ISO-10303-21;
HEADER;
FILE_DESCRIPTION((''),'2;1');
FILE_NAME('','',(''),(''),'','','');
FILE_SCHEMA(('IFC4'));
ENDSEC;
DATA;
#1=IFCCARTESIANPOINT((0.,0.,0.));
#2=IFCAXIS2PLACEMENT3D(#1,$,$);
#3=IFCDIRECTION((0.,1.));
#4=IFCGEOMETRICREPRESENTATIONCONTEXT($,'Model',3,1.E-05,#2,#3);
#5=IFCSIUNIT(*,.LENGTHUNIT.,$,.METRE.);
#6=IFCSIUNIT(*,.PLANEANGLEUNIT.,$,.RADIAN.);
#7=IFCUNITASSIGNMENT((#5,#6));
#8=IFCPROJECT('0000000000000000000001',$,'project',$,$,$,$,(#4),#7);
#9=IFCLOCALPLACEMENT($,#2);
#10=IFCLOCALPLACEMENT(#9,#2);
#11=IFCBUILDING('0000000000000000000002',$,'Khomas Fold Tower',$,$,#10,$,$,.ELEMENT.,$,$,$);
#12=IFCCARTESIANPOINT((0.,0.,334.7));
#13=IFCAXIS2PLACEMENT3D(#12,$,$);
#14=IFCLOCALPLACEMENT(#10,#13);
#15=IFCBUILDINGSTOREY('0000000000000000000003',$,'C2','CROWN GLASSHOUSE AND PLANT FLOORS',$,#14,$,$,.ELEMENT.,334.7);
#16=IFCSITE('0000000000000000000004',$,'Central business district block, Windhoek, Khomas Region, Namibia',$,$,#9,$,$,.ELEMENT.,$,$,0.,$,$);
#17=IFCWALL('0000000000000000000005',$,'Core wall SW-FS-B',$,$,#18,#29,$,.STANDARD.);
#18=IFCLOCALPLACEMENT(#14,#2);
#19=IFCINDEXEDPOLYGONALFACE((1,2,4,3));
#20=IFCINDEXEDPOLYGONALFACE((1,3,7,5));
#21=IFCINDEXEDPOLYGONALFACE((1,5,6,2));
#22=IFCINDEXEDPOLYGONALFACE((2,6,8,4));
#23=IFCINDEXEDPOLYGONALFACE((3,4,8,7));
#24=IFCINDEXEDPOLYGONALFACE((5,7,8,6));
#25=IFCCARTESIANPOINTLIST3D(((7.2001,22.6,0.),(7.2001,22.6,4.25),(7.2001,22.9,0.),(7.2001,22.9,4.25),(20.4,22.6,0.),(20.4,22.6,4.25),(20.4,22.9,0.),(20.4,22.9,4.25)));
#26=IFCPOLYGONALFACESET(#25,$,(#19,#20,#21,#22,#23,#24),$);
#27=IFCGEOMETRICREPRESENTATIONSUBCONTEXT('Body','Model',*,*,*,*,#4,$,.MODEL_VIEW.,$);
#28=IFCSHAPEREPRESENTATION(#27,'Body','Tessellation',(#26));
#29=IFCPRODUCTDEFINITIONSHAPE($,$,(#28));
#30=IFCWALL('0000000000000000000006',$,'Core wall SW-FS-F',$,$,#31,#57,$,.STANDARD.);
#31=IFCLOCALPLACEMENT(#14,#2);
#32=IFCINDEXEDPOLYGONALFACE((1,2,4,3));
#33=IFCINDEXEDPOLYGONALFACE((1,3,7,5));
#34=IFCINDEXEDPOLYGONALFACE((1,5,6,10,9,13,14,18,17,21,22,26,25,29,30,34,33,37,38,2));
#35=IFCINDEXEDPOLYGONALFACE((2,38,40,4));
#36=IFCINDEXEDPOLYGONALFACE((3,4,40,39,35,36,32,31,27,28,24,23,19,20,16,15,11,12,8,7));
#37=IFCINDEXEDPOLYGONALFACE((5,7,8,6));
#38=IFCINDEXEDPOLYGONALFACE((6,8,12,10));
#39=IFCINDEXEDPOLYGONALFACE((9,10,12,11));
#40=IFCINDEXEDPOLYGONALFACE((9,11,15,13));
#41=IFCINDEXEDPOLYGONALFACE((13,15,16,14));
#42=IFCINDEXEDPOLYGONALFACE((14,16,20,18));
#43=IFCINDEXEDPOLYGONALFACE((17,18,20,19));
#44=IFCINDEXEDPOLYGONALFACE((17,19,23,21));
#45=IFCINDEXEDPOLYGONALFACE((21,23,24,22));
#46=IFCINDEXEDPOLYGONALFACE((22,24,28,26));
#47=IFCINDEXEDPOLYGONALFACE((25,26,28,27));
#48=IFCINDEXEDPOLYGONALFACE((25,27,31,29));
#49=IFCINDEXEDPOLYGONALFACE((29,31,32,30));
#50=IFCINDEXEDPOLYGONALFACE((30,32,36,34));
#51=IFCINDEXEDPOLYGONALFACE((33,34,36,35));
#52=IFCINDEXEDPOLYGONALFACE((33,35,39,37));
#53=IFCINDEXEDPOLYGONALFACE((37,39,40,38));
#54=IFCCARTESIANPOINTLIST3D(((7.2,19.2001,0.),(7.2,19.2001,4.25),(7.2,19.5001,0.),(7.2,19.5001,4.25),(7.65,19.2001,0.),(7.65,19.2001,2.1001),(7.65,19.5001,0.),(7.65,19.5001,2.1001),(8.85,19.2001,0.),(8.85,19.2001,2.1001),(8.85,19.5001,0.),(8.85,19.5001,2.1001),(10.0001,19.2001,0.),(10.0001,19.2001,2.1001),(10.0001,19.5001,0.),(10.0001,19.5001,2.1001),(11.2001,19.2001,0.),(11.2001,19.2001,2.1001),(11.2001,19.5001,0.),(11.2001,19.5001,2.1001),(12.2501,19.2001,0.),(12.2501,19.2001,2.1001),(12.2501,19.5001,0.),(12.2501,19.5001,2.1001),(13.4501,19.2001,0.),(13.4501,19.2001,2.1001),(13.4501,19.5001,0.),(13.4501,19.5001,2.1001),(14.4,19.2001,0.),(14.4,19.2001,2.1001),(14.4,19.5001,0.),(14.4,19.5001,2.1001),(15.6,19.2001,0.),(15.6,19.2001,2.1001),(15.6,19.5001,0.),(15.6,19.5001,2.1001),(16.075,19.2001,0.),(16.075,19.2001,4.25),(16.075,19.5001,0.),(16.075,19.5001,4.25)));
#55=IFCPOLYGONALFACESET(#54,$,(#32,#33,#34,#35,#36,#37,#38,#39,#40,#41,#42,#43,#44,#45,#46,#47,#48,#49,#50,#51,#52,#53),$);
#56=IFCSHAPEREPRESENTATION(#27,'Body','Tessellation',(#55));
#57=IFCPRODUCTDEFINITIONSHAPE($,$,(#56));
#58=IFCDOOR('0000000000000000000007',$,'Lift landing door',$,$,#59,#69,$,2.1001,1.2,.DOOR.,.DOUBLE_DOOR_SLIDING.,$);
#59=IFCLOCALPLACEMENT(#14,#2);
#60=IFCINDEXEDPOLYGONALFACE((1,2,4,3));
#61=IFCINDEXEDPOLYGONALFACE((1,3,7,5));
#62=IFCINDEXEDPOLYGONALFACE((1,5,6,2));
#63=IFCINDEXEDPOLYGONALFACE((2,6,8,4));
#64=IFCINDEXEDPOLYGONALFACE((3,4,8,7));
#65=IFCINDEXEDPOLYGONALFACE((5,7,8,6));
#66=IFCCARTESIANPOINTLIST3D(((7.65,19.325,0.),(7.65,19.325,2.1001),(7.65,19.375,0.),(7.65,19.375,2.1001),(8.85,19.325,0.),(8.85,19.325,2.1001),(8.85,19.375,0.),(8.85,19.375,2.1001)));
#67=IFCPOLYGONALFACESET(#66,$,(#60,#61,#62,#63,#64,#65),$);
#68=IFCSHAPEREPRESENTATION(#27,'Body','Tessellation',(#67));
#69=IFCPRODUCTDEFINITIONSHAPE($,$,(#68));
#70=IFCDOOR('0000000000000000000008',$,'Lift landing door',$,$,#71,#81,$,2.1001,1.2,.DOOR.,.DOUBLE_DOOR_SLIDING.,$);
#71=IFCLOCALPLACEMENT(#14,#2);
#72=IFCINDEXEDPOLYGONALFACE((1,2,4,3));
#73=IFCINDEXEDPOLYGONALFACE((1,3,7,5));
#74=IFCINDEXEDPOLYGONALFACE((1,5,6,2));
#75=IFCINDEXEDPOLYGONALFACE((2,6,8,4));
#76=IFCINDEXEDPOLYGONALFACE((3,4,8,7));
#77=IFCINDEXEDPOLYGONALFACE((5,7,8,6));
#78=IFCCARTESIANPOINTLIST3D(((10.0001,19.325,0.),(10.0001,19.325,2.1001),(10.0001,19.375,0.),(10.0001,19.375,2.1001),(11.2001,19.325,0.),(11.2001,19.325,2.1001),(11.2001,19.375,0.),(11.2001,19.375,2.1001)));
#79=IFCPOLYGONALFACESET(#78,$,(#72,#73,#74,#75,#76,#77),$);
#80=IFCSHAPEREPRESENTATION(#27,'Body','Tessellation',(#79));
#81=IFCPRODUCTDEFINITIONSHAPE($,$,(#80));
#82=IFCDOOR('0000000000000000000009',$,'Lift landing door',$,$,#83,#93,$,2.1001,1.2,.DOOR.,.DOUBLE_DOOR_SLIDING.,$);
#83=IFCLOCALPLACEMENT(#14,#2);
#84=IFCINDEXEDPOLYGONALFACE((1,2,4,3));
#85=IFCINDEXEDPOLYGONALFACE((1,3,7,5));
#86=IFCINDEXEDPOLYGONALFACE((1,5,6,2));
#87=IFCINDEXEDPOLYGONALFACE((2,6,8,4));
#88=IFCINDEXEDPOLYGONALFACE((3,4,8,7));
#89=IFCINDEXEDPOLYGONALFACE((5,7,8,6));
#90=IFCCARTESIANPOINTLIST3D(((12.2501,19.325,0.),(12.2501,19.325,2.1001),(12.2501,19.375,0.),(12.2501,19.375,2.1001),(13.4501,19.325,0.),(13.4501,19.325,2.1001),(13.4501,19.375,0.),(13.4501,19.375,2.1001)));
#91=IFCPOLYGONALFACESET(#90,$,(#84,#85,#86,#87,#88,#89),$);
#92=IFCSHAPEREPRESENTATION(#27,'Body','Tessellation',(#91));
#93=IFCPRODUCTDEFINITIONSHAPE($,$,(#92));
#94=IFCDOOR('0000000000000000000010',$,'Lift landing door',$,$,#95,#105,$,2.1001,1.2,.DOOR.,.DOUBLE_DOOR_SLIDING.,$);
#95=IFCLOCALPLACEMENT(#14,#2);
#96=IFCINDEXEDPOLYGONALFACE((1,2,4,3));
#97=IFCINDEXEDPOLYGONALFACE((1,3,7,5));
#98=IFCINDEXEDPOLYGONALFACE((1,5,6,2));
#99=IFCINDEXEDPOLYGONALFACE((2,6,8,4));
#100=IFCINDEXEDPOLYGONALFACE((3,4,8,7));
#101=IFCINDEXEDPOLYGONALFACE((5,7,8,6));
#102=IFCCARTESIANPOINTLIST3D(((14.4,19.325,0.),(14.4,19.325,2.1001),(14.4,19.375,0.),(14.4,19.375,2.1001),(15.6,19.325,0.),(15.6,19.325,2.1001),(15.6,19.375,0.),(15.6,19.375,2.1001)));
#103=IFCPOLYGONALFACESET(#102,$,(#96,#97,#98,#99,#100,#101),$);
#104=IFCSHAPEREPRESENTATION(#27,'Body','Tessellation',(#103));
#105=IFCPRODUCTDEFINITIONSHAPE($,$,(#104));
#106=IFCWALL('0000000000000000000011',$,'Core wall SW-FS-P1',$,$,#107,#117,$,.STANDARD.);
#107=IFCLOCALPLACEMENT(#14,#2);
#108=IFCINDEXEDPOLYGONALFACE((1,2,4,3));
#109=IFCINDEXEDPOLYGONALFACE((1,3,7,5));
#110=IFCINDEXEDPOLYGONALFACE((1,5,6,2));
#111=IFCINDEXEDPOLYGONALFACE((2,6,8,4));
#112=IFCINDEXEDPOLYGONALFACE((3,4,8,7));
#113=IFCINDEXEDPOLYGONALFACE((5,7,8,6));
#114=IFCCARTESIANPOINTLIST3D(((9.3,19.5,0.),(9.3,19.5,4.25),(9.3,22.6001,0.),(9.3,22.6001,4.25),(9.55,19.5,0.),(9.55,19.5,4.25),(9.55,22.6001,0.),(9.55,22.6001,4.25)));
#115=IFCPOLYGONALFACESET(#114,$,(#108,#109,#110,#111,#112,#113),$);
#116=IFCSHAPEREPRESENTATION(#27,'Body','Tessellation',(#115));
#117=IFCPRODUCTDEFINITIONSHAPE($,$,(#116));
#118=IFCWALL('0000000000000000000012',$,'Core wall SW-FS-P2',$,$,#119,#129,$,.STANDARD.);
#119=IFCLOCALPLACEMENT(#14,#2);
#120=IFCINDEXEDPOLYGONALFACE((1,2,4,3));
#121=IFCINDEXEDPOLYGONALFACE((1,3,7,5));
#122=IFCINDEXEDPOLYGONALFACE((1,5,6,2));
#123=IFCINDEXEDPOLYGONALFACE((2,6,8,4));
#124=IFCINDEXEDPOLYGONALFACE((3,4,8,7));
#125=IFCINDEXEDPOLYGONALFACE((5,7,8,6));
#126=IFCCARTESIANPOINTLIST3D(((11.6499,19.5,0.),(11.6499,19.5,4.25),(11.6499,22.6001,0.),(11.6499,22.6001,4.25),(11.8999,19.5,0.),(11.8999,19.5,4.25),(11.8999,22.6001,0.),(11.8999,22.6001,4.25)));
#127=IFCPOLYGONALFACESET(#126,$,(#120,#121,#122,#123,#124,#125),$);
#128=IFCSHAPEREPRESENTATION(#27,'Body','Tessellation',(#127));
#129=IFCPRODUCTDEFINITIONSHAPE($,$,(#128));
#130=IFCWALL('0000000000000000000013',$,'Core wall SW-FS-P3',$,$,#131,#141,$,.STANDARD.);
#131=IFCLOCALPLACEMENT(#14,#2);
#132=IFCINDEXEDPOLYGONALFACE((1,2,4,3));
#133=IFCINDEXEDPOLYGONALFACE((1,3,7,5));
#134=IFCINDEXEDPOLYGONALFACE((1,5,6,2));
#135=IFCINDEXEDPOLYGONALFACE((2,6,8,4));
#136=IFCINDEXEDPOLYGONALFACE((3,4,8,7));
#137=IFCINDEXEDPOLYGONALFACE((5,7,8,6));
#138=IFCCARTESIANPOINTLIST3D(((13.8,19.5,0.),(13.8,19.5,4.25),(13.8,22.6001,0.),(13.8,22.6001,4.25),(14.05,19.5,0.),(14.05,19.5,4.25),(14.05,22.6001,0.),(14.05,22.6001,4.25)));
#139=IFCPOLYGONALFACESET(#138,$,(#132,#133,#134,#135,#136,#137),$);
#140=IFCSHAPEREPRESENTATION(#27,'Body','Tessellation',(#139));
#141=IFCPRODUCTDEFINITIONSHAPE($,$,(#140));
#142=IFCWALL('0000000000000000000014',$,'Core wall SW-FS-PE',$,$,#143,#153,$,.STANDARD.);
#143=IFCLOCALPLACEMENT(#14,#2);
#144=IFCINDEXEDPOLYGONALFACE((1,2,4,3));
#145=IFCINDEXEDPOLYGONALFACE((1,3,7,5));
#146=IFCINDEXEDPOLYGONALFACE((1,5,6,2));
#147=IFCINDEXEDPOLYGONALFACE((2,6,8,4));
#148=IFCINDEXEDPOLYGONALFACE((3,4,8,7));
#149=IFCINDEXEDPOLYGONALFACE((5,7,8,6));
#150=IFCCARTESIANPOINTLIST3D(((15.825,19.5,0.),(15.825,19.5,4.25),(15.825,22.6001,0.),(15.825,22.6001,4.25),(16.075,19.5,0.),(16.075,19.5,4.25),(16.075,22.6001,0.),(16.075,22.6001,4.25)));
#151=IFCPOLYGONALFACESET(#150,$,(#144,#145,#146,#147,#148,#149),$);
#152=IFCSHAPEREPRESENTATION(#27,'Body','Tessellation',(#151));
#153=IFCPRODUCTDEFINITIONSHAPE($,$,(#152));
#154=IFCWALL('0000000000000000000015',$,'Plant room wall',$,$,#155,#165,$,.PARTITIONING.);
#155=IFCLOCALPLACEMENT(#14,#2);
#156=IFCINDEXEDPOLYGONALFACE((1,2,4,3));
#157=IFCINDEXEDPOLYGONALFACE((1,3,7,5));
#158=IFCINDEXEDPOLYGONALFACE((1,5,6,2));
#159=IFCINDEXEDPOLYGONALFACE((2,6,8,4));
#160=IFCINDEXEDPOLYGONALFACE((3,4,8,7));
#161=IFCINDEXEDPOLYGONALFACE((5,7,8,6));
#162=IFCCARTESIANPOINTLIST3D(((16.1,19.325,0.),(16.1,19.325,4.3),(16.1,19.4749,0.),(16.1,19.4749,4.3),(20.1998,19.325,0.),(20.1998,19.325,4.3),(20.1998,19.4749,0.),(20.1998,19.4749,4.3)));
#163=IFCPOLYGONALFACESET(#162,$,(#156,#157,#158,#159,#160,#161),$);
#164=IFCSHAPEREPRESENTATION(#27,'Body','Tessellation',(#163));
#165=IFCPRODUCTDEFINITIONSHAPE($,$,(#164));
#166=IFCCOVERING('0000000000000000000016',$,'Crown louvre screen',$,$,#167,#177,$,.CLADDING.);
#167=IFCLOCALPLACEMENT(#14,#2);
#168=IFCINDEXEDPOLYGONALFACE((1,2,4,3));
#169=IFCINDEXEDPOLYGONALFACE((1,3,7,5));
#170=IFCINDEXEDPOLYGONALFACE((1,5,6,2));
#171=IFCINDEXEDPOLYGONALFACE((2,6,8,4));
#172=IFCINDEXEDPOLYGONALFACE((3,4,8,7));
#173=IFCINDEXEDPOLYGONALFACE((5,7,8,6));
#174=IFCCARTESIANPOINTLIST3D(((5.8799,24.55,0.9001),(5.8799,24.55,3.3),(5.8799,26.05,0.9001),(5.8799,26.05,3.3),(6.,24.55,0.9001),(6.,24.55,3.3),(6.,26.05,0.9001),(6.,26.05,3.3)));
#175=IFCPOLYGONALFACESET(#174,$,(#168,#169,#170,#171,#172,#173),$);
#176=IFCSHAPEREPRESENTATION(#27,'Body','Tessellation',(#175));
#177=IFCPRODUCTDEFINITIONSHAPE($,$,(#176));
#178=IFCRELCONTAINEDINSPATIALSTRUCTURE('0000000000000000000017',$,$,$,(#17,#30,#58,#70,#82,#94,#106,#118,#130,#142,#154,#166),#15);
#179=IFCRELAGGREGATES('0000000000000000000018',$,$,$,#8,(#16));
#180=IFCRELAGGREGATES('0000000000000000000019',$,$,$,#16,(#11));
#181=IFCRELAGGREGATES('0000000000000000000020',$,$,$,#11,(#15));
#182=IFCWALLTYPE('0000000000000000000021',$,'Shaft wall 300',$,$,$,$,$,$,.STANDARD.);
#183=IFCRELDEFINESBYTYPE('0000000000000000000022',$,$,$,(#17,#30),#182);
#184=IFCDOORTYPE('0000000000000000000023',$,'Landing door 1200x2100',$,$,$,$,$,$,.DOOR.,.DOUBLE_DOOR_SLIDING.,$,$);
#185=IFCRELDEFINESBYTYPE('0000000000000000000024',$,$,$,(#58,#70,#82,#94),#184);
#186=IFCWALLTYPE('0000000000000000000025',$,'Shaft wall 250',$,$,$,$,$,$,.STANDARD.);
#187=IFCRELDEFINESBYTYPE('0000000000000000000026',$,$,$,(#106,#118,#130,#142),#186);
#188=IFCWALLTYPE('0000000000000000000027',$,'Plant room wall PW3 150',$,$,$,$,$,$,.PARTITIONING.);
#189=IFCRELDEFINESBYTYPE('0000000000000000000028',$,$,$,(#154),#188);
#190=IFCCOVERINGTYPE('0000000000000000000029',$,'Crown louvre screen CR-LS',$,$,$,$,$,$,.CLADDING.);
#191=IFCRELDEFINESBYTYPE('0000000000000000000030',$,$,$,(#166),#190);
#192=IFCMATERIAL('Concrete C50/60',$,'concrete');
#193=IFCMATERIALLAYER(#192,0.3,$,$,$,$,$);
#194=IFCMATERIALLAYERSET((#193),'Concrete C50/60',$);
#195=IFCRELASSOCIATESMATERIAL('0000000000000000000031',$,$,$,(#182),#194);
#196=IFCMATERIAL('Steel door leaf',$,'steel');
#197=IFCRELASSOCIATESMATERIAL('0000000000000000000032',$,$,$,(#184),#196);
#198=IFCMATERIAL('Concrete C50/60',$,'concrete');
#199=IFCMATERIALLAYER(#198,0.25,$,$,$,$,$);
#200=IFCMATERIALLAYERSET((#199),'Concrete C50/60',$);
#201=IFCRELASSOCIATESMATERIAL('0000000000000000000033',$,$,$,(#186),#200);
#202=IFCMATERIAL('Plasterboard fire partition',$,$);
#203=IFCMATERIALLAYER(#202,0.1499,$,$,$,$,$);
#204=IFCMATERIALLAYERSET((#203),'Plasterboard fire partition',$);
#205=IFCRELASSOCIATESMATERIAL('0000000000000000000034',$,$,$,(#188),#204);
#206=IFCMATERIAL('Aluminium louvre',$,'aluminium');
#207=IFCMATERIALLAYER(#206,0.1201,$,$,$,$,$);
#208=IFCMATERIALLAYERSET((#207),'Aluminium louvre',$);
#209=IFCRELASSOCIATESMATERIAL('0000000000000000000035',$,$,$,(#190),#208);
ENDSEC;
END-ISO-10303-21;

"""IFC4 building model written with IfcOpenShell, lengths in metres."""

from ifc_helpers import new_model, si_unit, direction, frame, frame_2d, origin, origin_2d, place, context, subcontext, project, spatial, rectangle, extrude, source, transform, mapped, material, layer, layer_set, type_object, element, fill, save


model = new_model("IFC4")

# Units and contexts
model_context = context("Model", 3, precision=1e-05, world=origin(), true_north=direction((0.0, 1.0)))
body_context = subcontext(model_context, "Body", "Model", "MODEL_VIEW")
ifc_project = project(units=[si_unit("LENGTHUNIT", "METRE"), si_unit("PLANEANGLEUNIT", "RADIAN")], contexts=[model_context])

# Site, building, storey
site_placement = place(None, origin())
site = spatial("IfcSite", under=ifc_project, at=site_placement, Name="Central business district block, Windhoek, Khomas Region, Namibia", CompositionType="ELEMENT", RefElevation=0.0)
building_placement = place(site_placement, origin())
building = spatial("IfcBuilding", under=site, at=building_placement, Name="Khomas Fold Tower", CompositionType="ELEMENT")
storey_placement = place(building_placement, frame((0.0, 0.0, 334.7)))
storey = spatial("IfcBuildingStorey", under=building, at=storey_placement, Name="C2", Description="CROWN GLASSHOUSE AND PLANT FLOORS", CompositionType="ELEMENT", Elevation=334.7)

# Wall
ifc_material_1 = material(Name="Concrete C50/60", Category="concrete")
ifc_layer_1 = layer(ifc_material_1, 0.3)
ifc_layer_set_1 = layer_set([ifc_layer_1], Name="Concrete C50/60")
wall_type_1 = type_object("IfcWallType", Name="Shaft wall 300", PredefinedType="STANDARD", material=ifc_layer_set_1)
shared_shape_1 = source(origin(), body_context, "Body", "SweptSolid", [
    extrude(rectangle(XDim=13.2, YDim=0.3, at=frame_2d((6.6001, 0.0))), origin(), (0.0, 0.0, 1.0), 4.25),
])
wall_1_placement = place(storey_placement, frame((7.2, 22.75, 0.0), z_axis=(0.0, 0.0, 1.0), x_axis=(1.0, 0.0, 0.0)))
element("IfcWall", 1, at=wall_1_placement, inside=storey, type_object=wall_type_1, Name="Core wall SW-FS-B", PredefinedType="STANDARD", context=body_context, shape_type="MappedRepresentation", body=[
    mapped(shared_shape_1, transform((0.0, 0.0, 0.0))),
])

# Wall, openings, doors
shared_shape_2 = source(origin(), body_context, "Body", "SweptSolid", [
    extrude(rectangle(XDim=8.875, YDim=0.3, at=frame_2d((4.4375, 0.0))), origin(), (0.0, 0.0, 1.0), 4.25),
])
wall_2_placement = place(storey_placement, frame((7.2, 19.3501, 0.0), z_axis=(0.0, 0.0, 1.0), x_axis=(1.0, 0.0, 0.0)))
wall_2 = element("IfcWall", 2, at=wall_2_placement, inside=storey, type_object=wall_type_1, Name="Core wall SW-FS-F", PredefinedType="STANDARD", context=body_context, shape_type="MappedRepresentation", body=[
    mapped(shared_shape_2, transform((0.0, 0.0, 0.0))),
])
shared_shape_3 = source(origin(), body_context, "Body", "SweptSolid", [
    extrude(rectangle(XDim=1.2, YDim=2.1001, at=frame_2d((0.6001, 1.05))), frame((0.0, 0.1599, 0.0), z_axis=(0.0, -1.0, 0.0), x_axis=(1.0, 0.0, 0.0)), (0.0, 0.0, 1.0), 0.3201),
])
opening_1_placement = place(wall_2_placement, frame((0.45, 0.0, 0.0)))
opening_1 = element("IfcOpeningElement", 3, at=opening_1_placement, cuts=wall_2, PredefinedType="OPENING", context=body_context, shape_type="MappedRepresentation", body=[
    mapped(shared_shape_3, transform((0.0, 0.0, 0.0))),
])
opening_2_placement = place(wall_2_placement, frame((2.8, 0.0, 0.0)))
opening_2 = element("IfcOpeningElement", 4, at=opening_2_placement, cuts=wall_2, PredefinedType="OPENING", context=body_context, shape_type="MappedRepresentation", body=[
    mapped(shared_shape_3, transform((0.0, 0.0, 0.0))),
])
opening_3_placement = place(wall_2_placement, frame((5.05, 0.0, 0.0)))
opening_3 = element("IfcOpeningElement", 5, at=opening_3_placement, cuts=wall_2, PredefinedType="OPENING", context=body_context, shape_type="MappedRepresentation", body=[
    mapped(shared_shape_3, transform((0.0, 0.0, 0.0))),
])
opening_4_placement = place(wall_2_placement, frame((7.2, 0.0, 0.0)))
opening_4 = element("IfcOpeningElement", 6, at=opening_4_placement, cuts=wall_2, PredefinedType="OPENING", context=body_context, shape_type="MappedRepresentation", body=[
    mapped(shared_shape_3, transform((0.0, 0.0, 0.0))),
])
ifc_material_2 = material(Name="Steel door leaf", Category="steel")
door_type = type_object("IfcDoorType", Name="Landing door 1200x2100", OperationType="DOUBLE_DOOR_SLIDING", PredefinedType="DOOR", material=ifc_material_2)
shared_shape_4 = source(origin(), body_context, "Body", "SweptSolid", [
    extrude(rectangle(XDim=1.2, YDim=2.1001, at=frame_2d((0.6001, 1.05))), frame((0.0, 0.0249, 0.0), z_axis=(0.0, -1.0, 0.0), x_axis=(1.0, 0.0, 0.0)), (0.0, 0.0, 1.0), 0.05),
])
door_1_placement = place(opening_1_placement, origin())
door_1 = element("IfcDoor", 7, at=door_1_placement, inside=storey, type_object=door_type, Name="Lift landing door", OperationType="DOUBLE_DOOR_SLIDING", OverallHeight=2.1001, OverallWidth=1.2, PredefinedType="DOOR", context=body_context, shape_type="MappedRepresentation", body=[
    mapped(shared_shape_4, transform((0.0, 0.0, 0.0))),
])
fill(opening_1, door_1)
door_2_placement = place(opening_2_placement, origin())
door_2 = element("IfcDoor", 8, at=door_2_placement, inside=storey, type_object=door_type, Name="Lift landing door", OperationType="DOUBLE_DOOR_SLIDING", OverallHeight=2.1001, OverallWidth=1.2, PredefinedType="DOOR", context=body_context, shape_type="MappedRepresentation", body=[
    mapped(shared_shape_4, transform((0.0, 0.0, 0.0))),
])
fill(opening_2, door_2)
door_3_placement = place(opening_3_placement, origin())
door_3 = element("IfcDoor", 9, at=door_3_placement, inside=storey, type_object=door_type, Name="Lift landing door", OperationType="DOUBLE_DOOR_SLIDING", OverallHeight=2.1001, OverallWidth=1.2, PredefinedType="DOOR", context=body_context, shape_type="MappedRepresentation", body=[
    mapped(shared_shape_4, transform((0.0, 0.0, 0.0))),
])
fill(opening_3, door_3)
door_4_placement = place(opening_4_placement, origin())
door_4 = element("IfcDoor", 10, at=door_4_placement, inside=storey, type_object=door_type, Name="Lift landing door", OperationType="DOUBLE_DOOR_SLIDING", OverallHeight=2.1001, OverallWidth=1.2, PredefinedType="DOOR", context=body_context, shape_type="MappedRepresentation", body=[
    mapped(shared_shape_4, transform((0.0, 0.0, 0.0))),
])
fill(opening_4, door_4)

# Walls
ifc_material_3 = material(Name="Concrete C50/60", Category="concrete")
ifc_layer_2 = layer(ifc_material_3, 0.25)
ifc_layer_set_2 = layer_set([ifc_layer_2], Name="Concrete C50/60")
wall_type_2 = type_object("IfcWallType", Name="Shaft wall 250", PredefinedType="STANDARD", material=ifc_layer_set_2)
shared_shape_5 = source(origin(), body_context, "Body", "SweptSolid", [
    extrude(rectangle(XDim=3.1001, YDim=0.25, at=frame_2d((1.55, 0.0))), origin(), (0.0, 0.0, 1.0), 4.25),
])
for number, where, z_axis, x_axis, name in (
    (11, (9.425, 19.5, 0.0), (0.0, 0.0, 1.0), (0.0, 1.0, 0.0), "Core wall SW-FS-P1"),
    (12, (11.7749, 19.5, 0.0), (0.0, 0.0, 1.0), (0.0, 1.0, 0.0), "Core wall SW-FS-P2"),
    (13, (13.925, 19.5, 0.0), (0.0, 0.0, 1.0), (0.0, 1.0, 0.0), "Core wall SW-FS-P3"),
    (14, (15.95, 19.5, 0.0), (0.0, 0.0, 1.0), (0.0, 1.0, 0.0), "Core wall SW-FS-PE"),
):
    element("IfcWall", number, at=place(storey_placement, frame(where, z_axis=z_axis, x_axis=x_axis)), inside=storey, type_object=wall_type_2, Name=name, PredefinedType="STANDARD", context=body_context, shape_type="MappedRepresentation", body=[
        mapped(shared_shape_5, transform((0.0, 0.0, 0.0))),
    ])
ifc_material_4 = material(Name="Plasterboard fire partition")
ifc_layer_3 = layer(ifc_material_4, 0.1499)
ifc_layer_set_3 = layer_set([ifc_layer_3], Name="Plasterboard fire partition")
wall_type_3 = type_object("IfcWallType", Name="Plant room wall PW3 150", PredefinedType="PARTITIONING", material=ifc_layer_set_3)
shared_shape_6 = source(origin(), body_context, "Body", "SweptSolid", [
    extrude(rectangle(XDim=4.0999, YDim=0.1499, at=frame_2d((2.0498, 0.0))), origin(), (0.0, 0.0, 1.0), 4.3),
])
wall_3_placement = place(storey_placement, frame((16.1001, 19.3999, 0.0), z_axis=(0.0, 0.0, 1.0), x_axis=(1.0, 0.0, 0.0)))
element("IfcWall", 15, at=wall_3_placement, inside=storey, type_object=wall_type_3, Name="Plant room wall", PredefinedType="PARTITIONING", context=body_context, shape_type="MappedRepresentation", body=[
    mapped(shared_shape_6, transform((0.0, 0.0, 0.0))),
])

# Covering
ifc_material_5 = material(Name="Aluminium louvre", Category="aluminium")
ifc_layer_4 = layer(ifc_material_5, 0.1201)
ifc_layer_set_4 = layer_set([ifc_layer_4], Name="Aluminium louvre")
covering_type = type_object("IfcCoveringType", Name="Crown louvre screen CR-LS", PredefinedType="CLADDING", material=ifc_layer_set_4)
shared_shape_7 = source(origin(), body_context, "Body", "SweptSolid", [
    extrude(rectangle(XDim=1.5, YDim=0.1201, at=origin_2d()), origin(), (0.0, 0.0, 1.0), 2.3999),
])
for number, where, z_axis, x_axis, name in (
    (16, (5.9399, 25.3, 0.9001), (0.0, 0.0, 1.0), (0.0, -1.0, 0.0), "Crown louvre screen"),
):
    element("IfcCovering", number, at=place(storey_placement, frame(where, z_axis=z_axis, x_axis=x_axis)), inside=storey, type_object=covering_type, Name=name, PredefinedType="CLADDING", context=body_context, shape_type="MappedRepresentation", body=[
        mapped(shared_shape_7, transform((0.0, 0.0, 0.0))),
    ])

save(model, "model.ifc")
